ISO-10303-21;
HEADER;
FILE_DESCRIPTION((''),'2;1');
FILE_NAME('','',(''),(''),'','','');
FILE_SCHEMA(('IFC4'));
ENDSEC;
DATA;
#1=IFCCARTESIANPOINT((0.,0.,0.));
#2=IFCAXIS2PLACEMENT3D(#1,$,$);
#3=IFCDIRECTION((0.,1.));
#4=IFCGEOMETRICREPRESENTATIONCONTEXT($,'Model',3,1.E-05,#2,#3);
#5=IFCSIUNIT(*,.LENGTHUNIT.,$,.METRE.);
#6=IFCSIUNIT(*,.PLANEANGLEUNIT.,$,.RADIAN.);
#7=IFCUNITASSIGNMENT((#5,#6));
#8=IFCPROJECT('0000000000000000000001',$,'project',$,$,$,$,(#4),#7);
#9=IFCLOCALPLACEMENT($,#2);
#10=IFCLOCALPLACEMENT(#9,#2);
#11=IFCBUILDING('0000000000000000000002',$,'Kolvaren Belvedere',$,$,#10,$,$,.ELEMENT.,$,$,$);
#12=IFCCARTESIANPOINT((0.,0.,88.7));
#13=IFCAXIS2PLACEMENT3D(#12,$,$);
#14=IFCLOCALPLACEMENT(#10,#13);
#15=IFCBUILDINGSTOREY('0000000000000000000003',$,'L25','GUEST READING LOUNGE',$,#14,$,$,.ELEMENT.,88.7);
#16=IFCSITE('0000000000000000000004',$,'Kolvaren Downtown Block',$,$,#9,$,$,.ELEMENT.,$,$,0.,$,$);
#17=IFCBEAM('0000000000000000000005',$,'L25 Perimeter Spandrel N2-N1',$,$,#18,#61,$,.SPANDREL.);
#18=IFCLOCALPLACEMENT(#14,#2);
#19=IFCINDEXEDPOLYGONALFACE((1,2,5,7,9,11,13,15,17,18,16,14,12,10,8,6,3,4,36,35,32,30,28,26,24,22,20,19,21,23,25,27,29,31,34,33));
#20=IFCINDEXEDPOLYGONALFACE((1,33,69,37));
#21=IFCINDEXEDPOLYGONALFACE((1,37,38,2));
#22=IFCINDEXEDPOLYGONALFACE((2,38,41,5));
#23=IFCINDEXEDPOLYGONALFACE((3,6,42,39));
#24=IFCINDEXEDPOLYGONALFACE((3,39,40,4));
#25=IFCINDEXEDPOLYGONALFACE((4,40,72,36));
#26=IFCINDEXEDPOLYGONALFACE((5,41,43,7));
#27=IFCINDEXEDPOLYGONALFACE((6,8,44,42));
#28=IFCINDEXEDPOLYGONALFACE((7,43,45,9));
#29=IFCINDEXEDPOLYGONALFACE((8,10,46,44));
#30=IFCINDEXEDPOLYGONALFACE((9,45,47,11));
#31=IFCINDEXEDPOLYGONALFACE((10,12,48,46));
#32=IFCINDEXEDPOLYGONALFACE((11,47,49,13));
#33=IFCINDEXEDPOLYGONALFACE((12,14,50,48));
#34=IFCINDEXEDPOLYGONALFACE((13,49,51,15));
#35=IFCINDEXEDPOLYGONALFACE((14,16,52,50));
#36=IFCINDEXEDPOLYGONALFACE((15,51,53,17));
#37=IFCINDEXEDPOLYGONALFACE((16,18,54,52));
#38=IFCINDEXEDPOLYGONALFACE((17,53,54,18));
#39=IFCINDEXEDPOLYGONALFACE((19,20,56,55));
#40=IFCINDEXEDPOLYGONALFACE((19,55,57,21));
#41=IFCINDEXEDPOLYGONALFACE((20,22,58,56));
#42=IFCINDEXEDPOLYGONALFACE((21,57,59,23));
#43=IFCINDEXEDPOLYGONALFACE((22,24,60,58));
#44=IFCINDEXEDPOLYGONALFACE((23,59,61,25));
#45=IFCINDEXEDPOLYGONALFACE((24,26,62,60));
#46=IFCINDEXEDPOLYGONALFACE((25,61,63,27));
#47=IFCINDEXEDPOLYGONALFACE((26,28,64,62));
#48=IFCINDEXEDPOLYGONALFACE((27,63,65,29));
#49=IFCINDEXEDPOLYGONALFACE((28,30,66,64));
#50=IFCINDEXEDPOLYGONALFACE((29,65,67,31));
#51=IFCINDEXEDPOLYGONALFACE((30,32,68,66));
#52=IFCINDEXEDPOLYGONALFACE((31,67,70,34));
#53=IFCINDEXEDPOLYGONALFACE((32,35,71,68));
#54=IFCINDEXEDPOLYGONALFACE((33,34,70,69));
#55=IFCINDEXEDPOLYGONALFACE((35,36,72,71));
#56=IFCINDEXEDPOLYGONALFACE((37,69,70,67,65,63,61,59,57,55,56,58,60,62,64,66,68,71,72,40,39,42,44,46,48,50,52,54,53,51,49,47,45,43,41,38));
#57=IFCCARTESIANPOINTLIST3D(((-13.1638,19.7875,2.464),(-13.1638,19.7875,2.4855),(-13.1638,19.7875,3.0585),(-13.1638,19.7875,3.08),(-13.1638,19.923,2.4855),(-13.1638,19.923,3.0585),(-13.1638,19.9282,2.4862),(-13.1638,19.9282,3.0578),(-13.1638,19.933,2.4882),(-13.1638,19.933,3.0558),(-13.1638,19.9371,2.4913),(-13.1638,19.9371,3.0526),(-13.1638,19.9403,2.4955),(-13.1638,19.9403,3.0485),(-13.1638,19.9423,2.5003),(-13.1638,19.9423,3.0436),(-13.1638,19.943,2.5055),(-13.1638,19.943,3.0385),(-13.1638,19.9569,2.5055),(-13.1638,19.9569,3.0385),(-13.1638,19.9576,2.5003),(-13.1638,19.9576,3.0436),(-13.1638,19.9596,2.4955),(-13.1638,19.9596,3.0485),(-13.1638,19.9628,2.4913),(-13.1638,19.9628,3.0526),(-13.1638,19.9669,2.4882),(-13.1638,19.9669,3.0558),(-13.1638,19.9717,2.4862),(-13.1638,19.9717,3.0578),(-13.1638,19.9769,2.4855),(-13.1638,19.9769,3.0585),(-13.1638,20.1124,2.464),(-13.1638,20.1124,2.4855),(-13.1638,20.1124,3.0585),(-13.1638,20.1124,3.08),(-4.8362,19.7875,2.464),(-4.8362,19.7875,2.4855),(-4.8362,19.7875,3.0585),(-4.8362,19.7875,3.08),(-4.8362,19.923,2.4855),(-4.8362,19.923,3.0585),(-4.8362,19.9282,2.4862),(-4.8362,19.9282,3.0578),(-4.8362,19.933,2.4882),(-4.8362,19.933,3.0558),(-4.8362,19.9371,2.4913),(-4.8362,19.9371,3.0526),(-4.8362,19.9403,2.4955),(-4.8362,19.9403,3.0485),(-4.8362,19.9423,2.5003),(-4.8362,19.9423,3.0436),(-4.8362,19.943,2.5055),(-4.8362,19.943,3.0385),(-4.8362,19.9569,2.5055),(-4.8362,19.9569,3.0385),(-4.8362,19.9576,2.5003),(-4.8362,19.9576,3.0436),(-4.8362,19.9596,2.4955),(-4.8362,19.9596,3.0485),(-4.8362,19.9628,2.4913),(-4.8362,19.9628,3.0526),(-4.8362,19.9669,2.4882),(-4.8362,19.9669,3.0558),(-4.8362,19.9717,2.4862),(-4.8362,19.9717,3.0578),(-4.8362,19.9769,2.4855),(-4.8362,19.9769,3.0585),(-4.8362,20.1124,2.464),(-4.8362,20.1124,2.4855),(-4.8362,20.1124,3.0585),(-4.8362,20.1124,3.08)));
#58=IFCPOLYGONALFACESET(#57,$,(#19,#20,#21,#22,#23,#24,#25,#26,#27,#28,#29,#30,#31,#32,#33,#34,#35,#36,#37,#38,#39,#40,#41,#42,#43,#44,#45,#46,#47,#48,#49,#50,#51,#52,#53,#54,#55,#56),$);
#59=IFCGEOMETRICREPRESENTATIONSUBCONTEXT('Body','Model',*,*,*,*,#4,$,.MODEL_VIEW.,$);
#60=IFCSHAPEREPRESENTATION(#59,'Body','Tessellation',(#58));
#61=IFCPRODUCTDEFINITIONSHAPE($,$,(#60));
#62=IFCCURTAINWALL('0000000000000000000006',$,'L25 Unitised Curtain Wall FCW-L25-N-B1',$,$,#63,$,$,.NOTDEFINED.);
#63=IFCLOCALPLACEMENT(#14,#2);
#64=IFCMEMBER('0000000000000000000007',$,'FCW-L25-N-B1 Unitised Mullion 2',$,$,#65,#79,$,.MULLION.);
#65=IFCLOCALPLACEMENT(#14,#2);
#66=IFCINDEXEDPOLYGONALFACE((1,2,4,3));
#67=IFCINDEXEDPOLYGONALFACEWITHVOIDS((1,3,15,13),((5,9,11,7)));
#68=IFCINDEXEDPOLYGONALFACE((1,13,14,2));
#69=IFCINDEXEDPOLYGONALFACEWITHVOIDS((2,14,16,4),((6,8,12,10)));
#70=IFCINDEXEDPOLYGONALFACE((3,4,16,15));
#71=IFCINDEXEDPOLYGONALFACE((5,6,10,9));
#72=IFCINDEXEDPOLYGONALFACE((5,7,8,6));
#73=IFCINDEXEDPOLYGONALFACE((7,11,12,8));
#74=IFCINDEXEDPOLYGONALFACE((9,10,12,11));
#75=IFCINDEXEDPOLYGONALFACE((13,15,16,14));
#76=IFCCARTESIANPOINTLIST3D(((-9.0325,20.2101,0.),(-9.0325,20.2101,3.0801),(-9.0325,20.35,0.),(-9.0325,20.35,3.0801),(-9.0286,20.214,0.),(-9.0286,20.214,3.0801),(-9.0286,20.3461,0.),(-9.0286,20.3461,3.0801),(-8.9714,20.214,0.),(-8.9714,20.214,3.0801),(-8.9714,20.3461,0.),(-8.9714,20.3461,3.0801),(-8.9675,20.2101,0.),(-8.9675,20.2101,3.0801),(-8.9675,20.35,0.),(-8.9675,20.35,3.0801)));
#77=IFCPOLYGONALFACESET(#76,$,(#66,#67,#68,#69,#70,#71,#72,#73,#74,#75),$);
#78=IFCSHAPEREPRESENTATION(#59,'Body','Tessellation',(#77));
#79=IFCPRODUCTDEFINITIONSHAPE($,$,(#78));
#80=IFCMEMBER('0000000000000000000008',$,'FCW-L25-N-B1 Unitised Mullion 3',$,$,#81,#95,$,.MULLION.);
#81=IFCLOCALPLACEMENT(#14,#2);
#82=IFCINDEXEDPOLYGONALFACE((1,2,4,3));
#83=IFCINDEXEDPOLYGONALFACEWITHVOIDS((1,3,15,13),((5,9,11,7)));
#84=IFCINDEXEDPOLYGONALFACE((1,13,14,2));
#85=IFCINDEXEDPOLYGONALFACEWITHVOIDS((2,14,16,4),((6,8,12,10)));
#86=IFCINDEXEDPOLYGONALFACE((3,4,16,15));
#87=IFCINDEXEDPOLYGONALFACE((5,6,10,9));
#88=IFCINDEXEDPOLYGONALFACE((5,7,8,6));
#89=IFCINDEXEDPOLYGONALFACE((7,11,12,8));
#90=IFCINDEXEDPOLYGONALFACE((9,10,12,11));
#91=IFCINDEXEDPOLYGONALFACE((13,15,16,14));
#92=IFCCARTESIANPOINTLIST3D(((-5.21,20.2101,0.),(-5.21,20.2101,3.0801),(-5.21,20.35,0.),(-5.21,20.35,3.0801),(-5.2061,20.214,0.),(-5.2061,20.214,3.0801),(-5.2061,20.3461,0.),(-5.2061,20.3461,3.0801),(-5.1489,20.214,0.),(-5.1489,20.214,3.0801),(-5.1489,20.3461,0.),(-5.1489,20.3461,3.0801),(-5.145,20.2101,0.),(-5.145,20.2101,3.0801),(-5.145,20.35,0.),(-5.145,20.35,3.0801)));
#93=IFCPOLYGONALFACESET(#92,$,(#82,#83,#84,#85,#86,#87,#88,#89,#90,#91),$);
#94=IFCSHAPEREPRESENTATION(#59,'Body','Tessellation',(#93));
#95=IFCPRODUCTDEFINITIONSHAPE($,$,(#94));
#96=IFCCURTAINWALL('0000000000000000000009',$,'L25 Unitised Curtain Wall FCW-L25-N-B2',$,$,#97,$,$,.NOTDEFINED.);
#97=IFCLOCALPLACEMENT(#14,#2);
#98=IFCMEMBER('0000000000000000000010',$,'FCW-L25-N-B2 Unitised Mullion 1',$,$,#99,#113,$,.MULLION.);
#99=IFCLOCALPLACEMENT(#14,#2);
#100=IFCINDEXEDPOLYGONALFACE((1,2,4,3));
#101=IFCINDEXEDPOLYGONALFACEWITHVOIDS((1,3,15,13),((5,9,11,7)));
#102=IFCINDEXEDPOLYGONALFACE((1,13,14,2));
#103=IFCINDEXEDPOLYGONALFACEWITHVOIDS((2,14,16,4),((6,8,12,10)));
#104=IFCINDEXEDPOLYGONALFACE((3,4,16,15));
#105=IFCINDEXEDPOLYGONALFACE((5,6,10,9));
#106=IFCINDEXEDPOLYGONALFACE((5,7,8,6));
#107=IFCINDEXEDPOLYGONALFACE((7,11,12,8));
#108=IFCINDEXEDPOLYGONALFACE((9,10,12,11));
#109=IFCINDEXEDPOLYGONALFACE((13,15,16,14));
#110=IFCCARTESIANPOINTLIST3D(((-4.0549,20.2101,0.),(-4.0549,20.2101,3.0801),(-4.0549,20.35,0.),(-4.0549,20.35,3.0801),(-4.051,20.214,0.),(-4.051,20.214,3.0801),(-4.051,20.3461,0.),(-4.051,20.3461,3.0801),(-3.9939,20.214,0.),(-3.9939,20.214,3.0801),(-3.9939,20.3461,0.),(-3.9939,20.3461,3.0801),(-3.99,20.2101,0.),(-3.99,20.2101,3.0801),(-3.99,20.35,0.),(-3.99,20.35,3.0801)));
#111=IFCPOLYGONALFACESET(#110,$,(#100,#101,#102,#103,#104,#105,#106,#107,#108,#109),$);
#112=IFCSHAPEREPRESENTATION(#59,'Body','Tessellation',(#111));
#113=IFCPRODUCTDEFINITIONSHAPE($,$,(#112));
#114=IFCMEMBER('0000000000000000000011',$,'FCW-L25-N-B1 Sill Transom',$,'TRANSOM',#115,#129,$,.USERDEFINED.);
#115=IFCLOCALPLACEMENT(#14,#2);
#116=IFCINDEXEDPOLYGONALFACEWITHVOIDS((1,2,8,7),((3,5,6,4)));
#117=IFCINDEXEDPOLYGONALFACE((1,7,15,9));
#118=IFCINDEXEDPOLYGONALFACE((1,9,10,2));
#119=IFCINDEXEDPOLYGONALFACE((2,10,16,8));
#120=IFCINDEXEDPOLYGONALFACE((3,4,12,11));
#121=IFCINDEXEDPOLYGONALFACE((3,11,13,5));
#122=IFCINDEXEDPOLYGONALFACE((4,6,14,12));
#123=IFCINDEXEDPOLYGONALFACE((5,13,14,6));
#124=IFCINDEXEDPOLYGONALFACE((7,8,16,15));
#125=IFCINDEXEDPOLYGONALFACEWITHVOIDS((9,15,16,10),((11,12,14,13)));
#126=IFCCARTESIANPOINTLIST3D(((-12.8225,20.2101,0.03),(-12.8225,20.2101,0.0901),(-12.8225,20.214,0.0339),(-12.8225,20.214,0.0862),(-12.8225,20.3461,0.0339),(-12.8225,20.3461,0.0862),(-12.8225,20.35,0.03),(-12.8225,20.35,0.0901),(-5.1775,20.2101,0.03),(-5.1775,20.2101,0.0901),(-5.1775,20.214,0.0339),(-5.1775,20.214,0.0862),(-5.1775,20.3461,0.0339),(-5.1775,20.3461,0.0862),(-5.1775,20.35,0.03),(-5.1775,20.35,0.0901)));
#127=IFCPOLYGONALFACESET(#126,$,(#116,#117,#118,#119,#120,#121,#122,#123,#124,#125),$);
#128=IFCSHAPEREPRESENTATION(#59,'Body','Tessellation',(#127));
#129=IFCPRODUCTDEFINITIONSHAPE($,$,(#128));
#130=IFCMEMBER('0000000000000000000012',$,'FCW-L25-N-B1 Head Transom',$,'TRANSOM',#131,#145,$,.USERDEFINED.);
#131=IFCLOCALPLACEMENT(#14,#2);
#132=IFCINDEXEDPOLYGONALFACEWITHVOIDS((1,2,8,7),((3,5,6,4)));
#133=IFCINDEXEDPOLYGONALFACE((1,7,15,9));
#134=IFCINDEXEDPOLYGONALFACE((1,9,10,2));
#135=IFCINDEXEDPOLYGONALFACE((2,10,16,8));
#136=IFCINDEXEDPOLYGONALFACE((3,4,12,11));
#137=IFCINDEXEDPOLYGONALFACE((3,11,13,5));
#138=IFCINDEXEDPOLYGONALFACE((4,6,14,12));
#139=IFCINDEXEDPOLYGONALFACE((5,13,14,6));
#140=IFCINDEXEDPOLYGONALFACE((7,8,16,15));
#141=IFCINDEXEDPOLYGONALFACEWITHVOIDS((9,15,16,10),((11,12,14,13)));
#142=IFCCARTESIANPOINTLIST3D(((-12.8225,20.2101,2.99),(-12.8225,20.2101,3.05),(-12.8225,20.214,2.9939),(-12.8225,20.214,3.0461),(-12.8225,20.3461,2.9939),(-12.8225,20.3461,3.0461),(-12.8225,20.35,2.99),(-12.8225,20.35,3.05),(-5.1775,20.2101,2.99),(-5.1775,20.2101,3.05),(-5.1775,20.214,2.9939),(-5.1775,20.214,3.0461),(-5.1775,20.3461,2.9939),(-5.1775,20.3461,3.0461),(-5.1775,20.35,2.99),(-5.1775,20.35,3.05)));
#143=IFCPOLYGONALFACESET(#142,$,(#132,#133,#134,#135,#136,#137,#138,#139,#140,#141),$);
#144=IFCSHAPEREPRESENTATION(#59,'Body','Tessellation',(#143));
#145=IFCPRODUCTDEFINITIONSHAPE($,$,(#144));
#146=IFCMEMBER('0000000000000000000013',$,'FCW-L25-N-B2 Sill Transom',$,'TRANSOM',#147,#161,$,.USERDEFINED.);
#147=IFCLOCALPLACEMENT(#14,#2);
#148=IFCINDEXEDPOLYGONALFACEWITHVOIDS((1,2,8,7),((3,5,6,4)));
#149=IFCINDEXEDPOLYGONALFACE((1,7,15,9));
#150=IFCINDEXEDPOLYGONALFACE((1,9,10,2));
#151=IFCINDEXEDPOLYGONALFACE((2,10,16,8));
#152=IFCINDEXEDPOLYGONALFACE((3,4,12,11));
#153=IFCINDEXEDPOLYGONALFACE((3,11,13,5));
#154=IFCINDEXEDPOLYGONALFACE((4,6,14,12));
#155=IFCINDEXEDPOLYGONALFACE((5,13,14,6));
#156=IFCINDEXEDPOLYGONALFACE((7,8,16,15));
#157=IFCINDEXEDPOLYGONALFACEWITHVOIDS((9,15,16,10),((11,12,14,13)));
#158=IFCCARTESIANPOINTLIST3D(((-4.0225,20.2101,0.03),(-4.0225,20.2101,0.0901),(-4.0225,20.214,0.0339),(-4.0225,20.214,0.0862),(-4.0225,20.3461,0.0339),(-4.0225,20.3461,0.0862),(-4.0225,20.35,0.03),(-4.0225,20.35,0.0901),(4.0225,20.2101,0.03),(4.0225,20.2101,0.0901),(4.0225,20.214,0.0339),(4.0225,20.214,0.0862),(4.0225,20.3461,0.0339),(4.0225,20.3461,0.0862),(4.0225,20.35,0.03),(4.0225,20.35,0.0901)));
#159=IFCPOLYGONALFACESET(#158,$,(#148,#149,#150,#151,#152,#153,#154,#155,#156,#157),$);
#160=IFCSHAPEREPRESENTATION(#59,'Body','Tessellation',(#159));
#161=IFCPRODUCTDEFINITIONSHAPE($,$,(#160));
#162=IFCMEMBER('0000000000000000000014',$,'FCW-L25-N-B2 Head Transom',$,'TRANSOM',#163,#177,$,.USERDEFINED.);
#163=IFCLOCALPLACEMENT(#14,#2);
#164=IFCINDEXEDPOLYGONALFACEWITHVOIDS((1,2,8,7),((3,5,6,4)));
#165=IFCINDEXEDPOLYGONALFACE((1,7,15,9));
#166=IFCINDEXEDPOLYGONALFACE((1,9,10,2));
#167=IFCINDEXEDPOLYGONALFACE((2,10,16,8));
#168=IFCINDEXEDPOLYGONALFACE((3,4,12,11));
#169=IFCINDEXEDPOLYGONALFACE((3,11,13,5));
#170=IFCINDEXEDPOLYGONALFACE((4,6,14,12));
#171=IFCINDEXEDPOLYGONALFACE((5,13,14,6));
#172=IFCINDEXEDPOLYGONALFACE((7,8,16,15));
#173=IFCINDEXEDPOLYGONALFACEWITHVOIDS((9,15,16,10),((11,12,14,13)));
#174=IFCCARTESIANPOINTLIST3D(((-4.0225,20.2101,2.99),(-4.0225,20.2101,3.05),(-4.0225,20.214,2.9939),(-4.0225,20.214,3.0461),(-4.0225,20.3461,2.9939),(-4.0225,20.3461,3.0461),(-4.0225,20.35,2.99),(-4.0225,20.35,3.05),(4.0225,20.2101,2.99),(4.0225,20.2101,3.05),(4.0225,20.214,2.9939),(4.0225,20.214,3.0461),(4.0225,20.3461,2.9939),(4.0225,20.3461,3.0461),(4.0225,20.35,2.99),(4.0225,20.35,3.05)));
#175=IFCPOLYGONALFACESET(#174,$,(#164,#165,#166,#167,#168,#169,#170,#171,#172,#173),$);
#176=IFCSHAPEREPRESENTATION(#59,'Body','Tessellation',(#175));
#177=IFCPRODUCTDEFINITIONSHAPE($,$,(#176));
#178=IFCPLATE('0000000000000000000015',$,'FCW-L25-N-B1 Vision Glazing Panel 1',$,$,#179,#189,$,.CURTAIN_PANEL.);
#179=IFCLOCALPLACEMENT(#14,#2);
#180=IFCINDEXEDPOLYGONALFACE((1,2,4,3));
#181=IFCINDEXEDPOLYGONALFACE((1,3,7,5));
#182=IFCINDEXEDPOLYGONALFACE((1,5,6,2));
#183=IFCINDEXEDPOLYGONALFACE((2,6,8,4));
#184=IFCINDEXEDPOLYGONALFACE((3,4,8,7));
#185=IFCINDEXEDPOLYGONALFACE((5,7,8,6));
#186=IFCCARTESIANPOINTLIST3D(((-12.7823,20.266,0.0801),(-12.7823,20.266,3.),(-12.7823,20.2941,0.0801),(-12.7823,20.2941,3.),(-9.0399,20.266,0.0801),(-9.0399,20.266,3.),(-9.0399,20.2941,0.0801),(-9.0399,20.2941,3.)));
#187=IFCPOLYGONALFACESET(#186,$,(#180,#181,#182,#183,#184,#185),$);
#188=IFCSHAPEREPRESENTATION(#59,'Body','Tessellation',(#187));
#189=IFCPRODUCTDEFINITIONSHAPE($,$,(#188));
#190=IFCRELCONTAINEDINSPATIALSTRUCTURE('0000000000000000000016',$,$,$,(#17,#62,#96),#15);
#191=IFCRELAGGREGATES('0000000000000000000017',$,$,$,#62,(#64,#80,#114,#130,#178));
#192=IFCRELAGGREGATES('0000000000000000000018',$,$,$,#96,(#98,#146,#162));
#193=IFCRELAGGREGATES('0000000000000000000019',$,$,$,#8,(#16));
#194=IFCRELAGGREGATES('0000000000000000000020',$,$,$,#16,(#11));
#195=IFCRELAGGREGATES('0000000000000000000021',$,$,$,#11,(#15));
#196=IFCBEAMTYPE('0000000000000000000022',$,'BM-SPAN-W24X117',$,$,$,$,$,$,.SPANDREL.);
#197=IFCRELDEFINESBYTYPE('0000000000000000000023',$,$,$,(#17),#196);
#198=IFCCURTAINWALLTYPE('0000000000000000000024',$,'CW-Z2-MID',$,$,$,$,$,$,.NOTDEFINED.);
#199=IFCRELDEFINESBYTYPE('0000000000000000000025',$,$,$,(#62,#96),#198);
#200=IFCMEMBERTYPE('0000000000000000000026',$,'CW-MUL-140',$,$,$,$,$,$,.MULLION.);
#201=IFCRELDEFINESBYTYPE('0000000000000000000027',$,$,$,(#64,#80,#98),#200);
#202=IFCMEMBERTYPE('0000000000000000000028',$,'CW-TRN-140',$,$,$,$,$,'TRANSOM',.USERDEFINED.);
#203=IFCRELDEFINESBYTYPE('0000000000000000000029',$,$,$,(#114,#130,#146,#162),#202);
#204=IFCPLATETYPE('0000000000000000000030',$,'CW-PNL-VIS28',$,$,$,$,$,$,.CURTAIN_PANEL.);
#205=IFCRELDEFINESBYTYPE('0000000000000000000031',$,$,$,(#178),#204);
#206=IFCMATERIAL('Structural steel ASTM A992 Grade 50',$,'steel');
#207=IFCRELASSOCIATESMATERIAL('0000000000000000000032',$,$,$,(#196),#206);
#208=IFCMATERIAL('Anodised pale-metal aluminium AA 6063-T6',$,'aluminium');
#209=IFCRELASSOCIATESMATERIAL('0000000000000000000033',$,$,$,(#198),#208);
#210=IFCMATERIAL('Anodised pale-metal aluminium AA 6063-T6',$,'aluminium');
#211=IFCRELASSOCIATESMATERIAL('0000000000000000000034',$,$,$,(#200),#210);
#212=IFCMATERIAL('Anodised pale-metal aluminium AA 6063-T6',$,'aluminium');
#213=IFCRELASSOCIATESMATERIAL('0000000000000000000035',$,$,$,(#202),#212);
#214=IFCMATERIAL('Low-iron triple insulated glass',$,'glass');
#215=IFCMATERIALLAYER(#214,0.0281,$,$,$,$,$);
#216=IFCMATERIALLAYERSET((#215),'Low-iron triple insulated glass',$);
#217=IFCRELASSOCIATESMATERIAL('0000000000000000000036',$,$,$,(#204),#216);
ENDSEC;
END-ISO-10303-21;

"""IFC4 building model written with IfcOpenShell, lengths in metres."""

from ifc_helpers import new_model, si_unit, direction, frame, origin, origin_2d, place, context, subcontext, project, spatial, rectangle, hollow_rectangle, i_section, extrude, material, layer, layer_set, material_profile, profile_set, type_object, element, aggregate, save


model = new_model("IFC4")

# Units and contexts
model_context = context("Model", 3, precision=1e-05, world=origin(), true_north=direction((0.0, 1.0)))
body_context = subcontext(model_context, "Body", "Model", "MODEL_VIEW")
ifc_project = project(units=[si_unit("LENGTHUNIT", "METRE"), si_unit("PLANEANGLEUNIT", "RADIAN")], contexts=[model_context])

# Site, building, storey
site_placement = place(None, origin())
site = spatial("IfcSite", under=ifc_project, at=site_placement, Name="Kolvaren Downtown Block", CompositionType="ELEMENT", RefElevation=0.0)
building_placement = place(site_placement, origin())
building = spatial("IfcBuilding", under=site, at=building_placement, Name="Kolvaren Belvedere", CompositionType="ELEMENT")
storey_placement = place(building_placement, frame((0.0, 0.0, 88.7)))
storey = spatial("IfcBuildingStorey", under=building, at=storey_placement, Name="L25", Description="GUEST READING LOUNGE", CompositionType="ELEMENT", Elevation=88.7)

# Beam
ifc_material_1 = material(Name="Structural steel ASTM A992 Grade 50", Category="steel")
ifc_material_profile_1 = material_profile(ifc_material_1, i_section(OverallWidth=0.325, OverallDepth=0.616, WebThickness=0.0139, FlangeThickness=0.0215, FilletRadius=0.02, at=origin_2d()), Name="W24X117")
ifc_profile_set_1 = profile_set([ifc_material_profile_1], Name="Structural steel ASTM A992 Grade 50")
beam_type_1 = type_object("IfcBeamType", Name="BM-SPAN-W24X117", PredefinedType="SPANDREL", material=ifc_profile_set_1)
beam_1_placement = place(storey_placement, frame((-4.8362, 19.95, 2.772), z_axis=(-1.0, 0.0, 0.0), x_axis=(0.0, -1.0, 0.0)))
element("IfcBeam", 1, at=beam_1_placement, inside=storey, type_object=beam_type_1, Name="L25 Perimeter Spandrel N2-N1", PredefinedType="SPANDREL", context=body_context, shape_type="SweptSolid", body=[
    extrude(i_section(OverallWidth=0.325, OverallDepth=0.616, WebThickness=0.0139, FlangeThickness=0.0215, FilletRadius=0.02, at=origin_2d()), origin(), (0.0, 0.0, 1.0), 8.3276),
])

# Curtain wall, members
ifc_material_2 = material(Name="Anodised pale-metal aluminium AA 6063-T6", Category="aluminium")
curtain_wall_type = type_object("IfcCurtainWallType", Name="CW-Z2-MID", PredefinedType="NOTDEFINED", material=ifc_material_2)
curtain_wall_1_placement = place(storey_placement, origin())
curtain_wall_1 = element("IfcCurtainWall", 2, at=curtain_wall_1_placement, inside=storey, type_object=curtain_wall_type, Name="L25 Unitised Curtain Wall FCW-L25-N-B1", PredefinedType="NOTDEFINED")
ifc_material_3 = material(Name="Anodised pale-metal aluminium AA 6063-T6", Category="aluminium")
ifc_material_profile_2 = material_profile(ifc_material_3, hollow_rectangle(XDim=0.0649, YDim=0.1399, WallThickness=0.0039, at=origin_2d()), Name="ALU-MUL-140X65")
ifc_profile_set_2 = profile_set([ifc_material_profile_2], Name="Anodised pale-metal aluminium AA 6063-T6")
member_type_1 = type_object("IfcMemberType", Name="CW-MUL-140", PredefinedType="MULLION", material=ifc_profile_set_2)
member_1_placement = place(storey_placement, frame((-9.0, 20.28, 0.0), z_axis=(0.0, 0.0, 1.0), x_axis=(1.0, 0.0, 0.0)))
member_1 = element("IfcMember", 3, at=member_1_placement, type_object=member_type_1, Name="FCW-L25-N-B1 Unitised Mullion 2", PredefinedType="MULLION", context=body_context, shape_type="SweptSolid", body=[
    extrude(hollow_rectangle(XDim=0.0649, YDim=0.1399, WallThickness=0.0039, at=origin_2d()), origin(), (0.0, 0.0, 1.0), 3.0801),
])
member_2_placement = place(storey_placement, frame((-5.1775, 20.28, 0.0), z_axis=(0.0, 0.0, 1.0), x_axis=(1.0, 0.0, 0.0)))
member_2 = element("IfcMember", 4, at=member_2_placement, type_object=member_type_1, Name="FCW-L25-N-B1 Unitised Mullion 3", PredefinedType="MULLION", context=body_context, shape_type="SweptSolid", body=[
    extrude(hollow_rectangle(XDim=0.0649, YDim=0.1399, WallThickness=0.0039, at=origin_2d()), origin(), (0.0, 0.0, 1.0), 3.0801),
])

# Curtain wall, member
curtain_wall_2_placement = place(storey_placement, origin())
curtain_wall_2 = element("IfcCurtainWall", 5, at=curtain_wall_2_placement, inside=storey, type_object=curtain_wall_type, Name="L25 Unitised Curtain Wall FCW-L25-N-B2", PredefinedType="NOTDEFINED")
member_3_placement = place(storey_placement, frame((-4.0225, 20.28, 0.0), z_axis=(0.0, 0.0, 1.0), x_axis=(1.0, 0.0, 0.0)))
member_3 = element("IfcMember", 6, at=member_3_placement, type_object=member_type_1, Name="FCW-L25-N-B2 Unitised Mullion 1", PredefinedType="MULLION", context=body_context, shape_type="SweptSolid", body=[
    extrude(hollow_rectangle(XDim=0.0649, YDim=0.1399, WallThickness=0.0039, at=origin_2d()), origin(), (0.0, 0.0, 1.0), 3.0801),
])

# Members
ifc_material_4 = material(Name="Anodised pale-metal aluminium AA 6063-T6", Category="aluminium")
ifc_material_profile_3 = material_profile(ifc_material_4, hollow_rectangle(XDim=0.0601, YDim=0.1399, WallThickness=0.0039, at=origin_2d()), Name="ALU-TRN-140X60")
ifc_profile_set_3 = profile_set([ifc_material_profile_3], Name="Anodised pale-metal aluminium AA 6063-T6")
member_type_2 = type_object("IfcMemberType", Name="CW-TRN-140", ElementType="TRANSOM", PredefinedType="USERDEFINED", material=ifc_profile_set_3)
member_4_placement = place(storey_placement, frame((-12.8225, 20.28, 0.0601), z_axis=(1.0, 0.0, 0.0), x_axis=(0.0, 0.0, 1.0)))
member_4 = element("IfcMember", 7, at=member_4_placement, type_object=member_type_2, Name="FCW-L25-N-B1 Sill Transom", ObjectType="TRANSOM", PredefinedType="USERDEFINED", context=body_context, shape_type="SweptSolid", body=[
    extrude(hollow_rectangle(XDim=0.0601, YDim=0.1399, WallThickness=0.0039, at=origin_2d()), origin(), (0.0, 0.0, 1.0), 7.645),
])
member_5_placement = place(storey_placement, frame((-12.8225, 20.28, 3.02), z_axis=(1.0, 0.0, 0.0), x_axis=(0.0, 0.0, 1.0)))
member_5 = element("IfcMember", 8, at=member_5_placement, type_object=member_type_2, Name="FCW-L25-N-B1 Head Transom", ObjectType="TRANSOM", PredefinedType="USERDEFINED", context=body_context, shape_type="SweptSolid", body=[
    extrude(hollow_rectangle(XDim=0.0601, YDim=0.1399, WallThickness=0.0039, at=origin_2d()), origin(), (0.0, 0.0, 1.0), 7.645),
])
member_6_placement = place(storey_placement, frame((-4.0225, 20.28, 0.0601), z_axis=(1.0, 0.0, 0.0), x_axis=(0.0, 0.0, 1.0)))
member_6 = element("IfcMember", 9, at=member_6_placement, type_object=member_type_2, Name="FCW-L25-N-B2 Sill Transom", ObjectType="TRANSOM", PredefinedType="USERDEFINED", context=body_context, shape_type="SweptSolid", body=[
    extrude(hollow_rectangle(XDim=0.0601, YDim=0.1399, WallThickness=0.0039, at=origin_2d()), origin(), (0.0, 0.0, 1.0), 8.0449),
])
member_7_placement = place(storey_placement, frame((-4.0225, 20.28, 3.02), z_axis=(1.0, 0.0, 0.0), x_axis=(0.0, 0.0, 1.0)))
member_7 = element("IfcMember", 10, at=member_7_placement, type_object=member_type_2, Name="FCW-L25-N-B2 Head Transom", ObjectType="TRANSOM", PredefinedType="USERDEFINED", context=body_context, shape_type="SweptSolid", body=[
    extrude(hollow_rectangle(XDim=0.0601, YDim=0.1399, WallThickness=0.0039, at=origin_2d()), origin(), (0.0, 0.0, 1.0), 8.0449),
])

# Plate
ifc_material_5 = material(Name="Low-iron triple insulated glass", Category="glass")
ifc_layer_1 = layer(ifc_material_5, 0.0281)
ifc_layer_set_1 = layer_set([ifc_layer_1], Name="Low-iron triple insulated glass")
plate_type_1 = type_object("IfcPlateType", Name="CW-PNL-VIS28", PredefinedType="CURTAIN_PANEL", material=ifc_layer_set_1)
plate_1_placement = place(storey_placement, frame((-10.9111, 20.28, 0.0801), z_axis=(0.0, 0.0, 1.0), x_axis=(1.0, 0.0, 0.0)))
plate_1 = element("IfcPlate", 11, at=plate_1_placement, type_object=plate_type_1, Name="FCW-L25-N-B1 Vision Glazing Panel 1", PredefinedType="CURTAIN_PANEL", context=body_context, shape_type="SweptSolid", body=[
    extrude(rectangle(XDim=3.7424, YDim=0.0281, at=origin_2d()), origin(), (0.0, 0.0, 1.0), 2.9199),
])
aggregate(curtain_wall_1, [member_1, member_2, member_4, member_5, plate_1])
aggregate(curtain_wall_2, [member_3, member_6, member_7])

save(model, "model.ifc")
